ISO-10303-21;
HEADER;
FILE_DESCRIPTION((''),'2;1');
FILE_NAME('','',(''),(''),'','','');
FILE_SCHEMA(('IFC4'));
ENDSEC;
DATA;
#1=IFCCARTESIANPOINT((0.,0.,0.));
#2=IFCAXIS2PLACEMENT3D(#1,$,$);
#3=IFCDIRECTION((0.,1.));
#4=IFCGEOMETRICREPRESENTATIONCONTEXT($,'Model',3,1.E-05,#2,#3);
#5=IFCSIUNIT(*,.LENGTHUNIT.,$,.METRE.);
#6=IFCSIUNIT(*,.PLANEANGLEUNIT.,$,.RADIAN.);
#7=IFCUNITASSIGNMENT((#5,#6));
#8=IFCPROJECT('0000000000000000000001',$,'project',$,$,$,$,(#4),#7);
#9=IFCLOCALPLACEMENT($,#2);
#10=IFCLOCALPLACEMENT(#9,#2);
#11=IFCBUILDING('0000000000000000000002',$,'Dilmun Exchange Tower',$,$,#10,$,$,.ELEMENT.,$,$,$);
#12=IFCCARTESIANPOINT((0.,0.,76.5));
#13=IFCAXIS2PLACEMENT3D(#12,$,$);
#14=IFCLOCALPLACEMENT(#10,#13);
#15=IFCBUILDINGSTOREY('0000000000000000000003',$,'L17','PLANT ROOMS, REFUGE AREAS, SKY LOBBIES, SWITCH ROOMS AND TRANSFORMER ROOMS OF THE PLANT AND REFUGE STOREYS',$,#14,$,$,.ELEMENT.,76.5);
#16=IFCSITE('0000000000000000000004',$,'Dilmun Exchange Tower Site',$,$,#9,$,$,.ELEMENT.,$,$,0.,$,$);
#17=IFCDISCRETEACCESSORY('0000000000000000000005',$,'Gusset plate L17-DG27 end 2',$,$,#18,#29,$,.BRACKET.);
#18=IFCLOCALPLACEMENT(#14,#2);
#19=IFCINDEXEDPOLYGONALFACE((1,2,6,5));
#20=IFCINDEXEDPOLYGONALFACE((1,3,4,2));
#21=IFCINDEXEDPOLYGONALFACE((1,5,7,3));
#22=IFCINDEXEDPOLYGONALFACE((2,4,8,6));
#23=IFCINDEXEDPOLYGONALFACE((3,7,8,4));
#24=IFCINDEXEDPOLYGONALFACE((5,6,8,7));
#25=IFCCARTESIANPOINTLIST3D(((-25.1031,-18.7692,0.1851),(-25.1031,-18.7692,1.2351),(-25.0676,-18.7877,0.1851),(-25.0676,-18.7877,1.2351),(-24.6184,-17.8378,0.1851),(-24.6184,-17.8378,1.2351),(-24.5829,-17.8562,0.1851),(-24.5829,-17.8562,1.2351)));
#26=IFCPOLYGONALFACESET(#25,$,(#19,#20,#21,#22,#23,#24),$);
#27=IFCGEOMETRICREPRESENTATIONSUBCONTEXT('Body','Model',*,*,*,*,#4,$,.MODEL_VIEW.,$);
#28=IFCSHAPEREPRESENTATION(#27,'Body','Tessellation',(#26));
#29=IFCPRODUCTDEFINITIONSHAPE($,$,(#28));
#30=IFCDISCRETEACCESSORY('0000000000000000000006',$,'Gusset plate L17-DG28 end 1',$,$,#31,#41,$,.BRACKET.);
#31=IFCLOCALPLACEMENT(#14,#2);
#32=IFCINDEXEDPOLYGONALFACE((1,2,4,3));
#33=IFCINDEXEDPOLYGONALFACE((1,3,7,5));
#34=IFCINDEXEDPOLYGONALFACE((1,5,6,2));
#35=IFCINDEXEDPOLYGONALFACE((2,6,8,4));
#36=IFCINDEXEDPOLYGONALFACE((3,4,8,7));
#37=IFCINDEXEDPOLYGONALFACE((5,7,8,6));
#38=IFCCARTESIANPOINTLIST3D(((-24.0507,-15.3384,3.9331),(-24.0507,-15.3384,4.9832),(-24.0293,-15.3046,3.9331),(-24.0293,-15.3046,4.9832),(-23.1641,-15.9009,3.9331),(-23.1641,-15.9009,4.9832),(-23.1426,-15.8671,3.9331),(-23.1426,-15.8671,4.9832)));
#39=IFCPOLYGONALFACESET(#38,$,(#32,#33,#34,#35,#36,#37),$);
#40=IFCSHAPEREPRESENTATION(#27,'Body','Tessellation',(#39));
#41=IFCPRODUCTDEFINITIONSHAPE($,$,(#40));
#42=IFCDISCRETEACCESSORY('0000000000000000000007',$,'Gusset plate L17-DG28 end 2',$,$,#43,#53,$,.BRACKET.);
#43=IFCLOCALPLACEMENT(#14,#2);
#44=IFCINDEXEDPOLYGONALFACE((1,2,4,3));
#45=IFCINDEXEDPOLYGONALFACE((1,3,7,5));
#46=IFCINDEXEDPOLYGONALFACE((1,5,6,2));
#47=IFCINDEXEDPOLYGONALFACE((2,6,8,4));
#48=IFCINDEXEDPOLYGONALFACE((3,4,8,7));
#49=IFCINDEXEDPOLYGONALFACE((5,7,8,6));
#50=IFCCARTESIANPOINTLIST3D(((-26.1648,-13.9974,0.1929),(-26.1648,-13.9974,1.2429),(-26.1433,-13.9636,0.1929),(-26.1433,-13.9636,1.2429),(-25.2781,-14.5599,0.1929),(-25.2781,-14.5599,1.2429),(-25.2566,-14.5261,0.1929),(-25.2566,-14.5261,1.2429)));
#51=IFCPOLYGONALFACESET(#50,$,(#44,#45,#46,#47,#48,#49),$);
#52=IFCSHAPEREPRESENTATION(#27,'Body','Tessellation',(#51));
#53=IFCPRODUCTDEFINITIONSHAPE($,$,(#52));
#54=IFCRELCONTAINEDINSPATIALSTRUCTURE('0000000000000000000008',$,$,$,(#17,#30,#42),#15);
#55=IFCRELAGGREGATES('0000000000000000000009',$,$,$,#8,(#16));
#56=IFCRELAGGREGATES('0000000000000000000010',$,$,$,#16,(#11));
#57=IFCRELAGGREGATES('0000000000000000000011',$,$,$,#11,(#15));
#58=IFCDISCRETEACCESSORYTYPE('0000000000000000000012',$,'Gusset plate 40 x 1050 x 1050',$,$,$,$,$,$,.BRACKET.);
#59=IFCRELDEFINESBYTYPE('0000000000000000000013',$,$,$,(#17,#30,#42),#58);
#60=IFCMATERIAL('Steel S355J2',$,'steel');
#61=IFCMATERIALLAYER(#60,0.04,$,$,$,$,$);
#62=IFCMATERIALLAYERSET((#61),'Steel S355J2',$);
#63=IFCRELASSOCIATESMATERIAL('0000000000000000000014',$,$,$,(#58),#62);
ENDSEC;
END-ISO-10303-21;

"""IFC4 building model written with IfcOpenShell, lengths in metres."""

from ifc_helpers import new_model, si_unit, direction, frame, origin, origin_2d, place, context, subcontext, project, spatial, rectangle, extrude, material, layer, layer_set, type_object, element, save


model = new_model("IFC4")

# Units and contexts
model_context = context("Model", 3, precision=1e-05, world=origin(), true_north=direction((0.0, 1.0)))
body_context = subcontext(model_context, "Body", "Model", "MODEL_VIEW")
ifc_project = project(units=[si_unit("LENGTHUNIT", "METRE"), si_unit("PLANEANGLEUNIT", "RADIAN")], contexts=[model_context])

# Site, building, storey
site_placement = place(None, origin())
site = spatial("IfcSite", under=ifc_project, at=site_placement, Name="Dilmun Exchange Tower Site", CompositionType="ELEMENT", RefElevation=0.0)
building_placement = place(site_placement, origin())
building = spatial("IfcBuilding", under=site, at=building_placement, Name="Dilmun Exchange Tower", CompositionType="ELEMENT")
storey_placement = place(building_placement, frame((0.0, 0.0, 76.5)))
storey = spatial("IfcBuildingStorey", under=building, at=storey_placement, Name="L17", Description="PLANT ROOMS, REFUGE AREAS, SKY LOBBIES, SWITCH ROOMS AND TRANSFORMER ROOMS OF THE PLANT AND REFUGE STOREYS", CompositionType="ELEMENT", Elevation=76.5)

# Discrete accessories
ifc_material_1 = material(Name="Steel S355J2", Category="steel")
ifc_layer_1 = layer(ifc_material_1, 0.04)
ifc_layer_set_1 = layer_set([ifc_layer_1], Name="Steel S355J2")
discrete_accessory_type = type_object("IfcDiscreteAccessoryType", Name="Gusset plate 40 x 1050 x 1050", PredefinedType="BRACKET", material=ifc_layer_set_1)
for number, where, z_axis, x_axis, name in (
    (1, (-24.843, -18.3127, 0.1851), (0.0, 0.0, 1.0), (-0.461598, -0.887089, 0.0), "Gusset plate L17-DG27 end 2"),
    (2, (-23.5967, -15.6028, 3.9331), (0.0, 0.0, 1.0), (-0.844428, 0.535669, 0.0), "Gusset plate L17-DG28 end 1"),
    (3, (-25.7107, -14.2617, 0.1929), (0.0, 0.0, 1.0), (-0.844428, 0.535669, 0.0), "Gusset plate L17-DG28 end 2"),
):
    element("IfcDiscreteAccessory", number, at=place(storey_placement, frame(where, z_axis=z_axis, x_axis=x_axis)), inside=storey, type_object=discrete_accessory_type, Name=name, PredefinedType="BRACKET", context=body_context, shape_type="SweptSolid", body=[
        extrude(rectangle(XDim=1.05, YDim=0.04, at=origin_2d()), origin(), (0.0, 0.0, 1.0), 1.05),
    ])

save(model, "model.ifc")
